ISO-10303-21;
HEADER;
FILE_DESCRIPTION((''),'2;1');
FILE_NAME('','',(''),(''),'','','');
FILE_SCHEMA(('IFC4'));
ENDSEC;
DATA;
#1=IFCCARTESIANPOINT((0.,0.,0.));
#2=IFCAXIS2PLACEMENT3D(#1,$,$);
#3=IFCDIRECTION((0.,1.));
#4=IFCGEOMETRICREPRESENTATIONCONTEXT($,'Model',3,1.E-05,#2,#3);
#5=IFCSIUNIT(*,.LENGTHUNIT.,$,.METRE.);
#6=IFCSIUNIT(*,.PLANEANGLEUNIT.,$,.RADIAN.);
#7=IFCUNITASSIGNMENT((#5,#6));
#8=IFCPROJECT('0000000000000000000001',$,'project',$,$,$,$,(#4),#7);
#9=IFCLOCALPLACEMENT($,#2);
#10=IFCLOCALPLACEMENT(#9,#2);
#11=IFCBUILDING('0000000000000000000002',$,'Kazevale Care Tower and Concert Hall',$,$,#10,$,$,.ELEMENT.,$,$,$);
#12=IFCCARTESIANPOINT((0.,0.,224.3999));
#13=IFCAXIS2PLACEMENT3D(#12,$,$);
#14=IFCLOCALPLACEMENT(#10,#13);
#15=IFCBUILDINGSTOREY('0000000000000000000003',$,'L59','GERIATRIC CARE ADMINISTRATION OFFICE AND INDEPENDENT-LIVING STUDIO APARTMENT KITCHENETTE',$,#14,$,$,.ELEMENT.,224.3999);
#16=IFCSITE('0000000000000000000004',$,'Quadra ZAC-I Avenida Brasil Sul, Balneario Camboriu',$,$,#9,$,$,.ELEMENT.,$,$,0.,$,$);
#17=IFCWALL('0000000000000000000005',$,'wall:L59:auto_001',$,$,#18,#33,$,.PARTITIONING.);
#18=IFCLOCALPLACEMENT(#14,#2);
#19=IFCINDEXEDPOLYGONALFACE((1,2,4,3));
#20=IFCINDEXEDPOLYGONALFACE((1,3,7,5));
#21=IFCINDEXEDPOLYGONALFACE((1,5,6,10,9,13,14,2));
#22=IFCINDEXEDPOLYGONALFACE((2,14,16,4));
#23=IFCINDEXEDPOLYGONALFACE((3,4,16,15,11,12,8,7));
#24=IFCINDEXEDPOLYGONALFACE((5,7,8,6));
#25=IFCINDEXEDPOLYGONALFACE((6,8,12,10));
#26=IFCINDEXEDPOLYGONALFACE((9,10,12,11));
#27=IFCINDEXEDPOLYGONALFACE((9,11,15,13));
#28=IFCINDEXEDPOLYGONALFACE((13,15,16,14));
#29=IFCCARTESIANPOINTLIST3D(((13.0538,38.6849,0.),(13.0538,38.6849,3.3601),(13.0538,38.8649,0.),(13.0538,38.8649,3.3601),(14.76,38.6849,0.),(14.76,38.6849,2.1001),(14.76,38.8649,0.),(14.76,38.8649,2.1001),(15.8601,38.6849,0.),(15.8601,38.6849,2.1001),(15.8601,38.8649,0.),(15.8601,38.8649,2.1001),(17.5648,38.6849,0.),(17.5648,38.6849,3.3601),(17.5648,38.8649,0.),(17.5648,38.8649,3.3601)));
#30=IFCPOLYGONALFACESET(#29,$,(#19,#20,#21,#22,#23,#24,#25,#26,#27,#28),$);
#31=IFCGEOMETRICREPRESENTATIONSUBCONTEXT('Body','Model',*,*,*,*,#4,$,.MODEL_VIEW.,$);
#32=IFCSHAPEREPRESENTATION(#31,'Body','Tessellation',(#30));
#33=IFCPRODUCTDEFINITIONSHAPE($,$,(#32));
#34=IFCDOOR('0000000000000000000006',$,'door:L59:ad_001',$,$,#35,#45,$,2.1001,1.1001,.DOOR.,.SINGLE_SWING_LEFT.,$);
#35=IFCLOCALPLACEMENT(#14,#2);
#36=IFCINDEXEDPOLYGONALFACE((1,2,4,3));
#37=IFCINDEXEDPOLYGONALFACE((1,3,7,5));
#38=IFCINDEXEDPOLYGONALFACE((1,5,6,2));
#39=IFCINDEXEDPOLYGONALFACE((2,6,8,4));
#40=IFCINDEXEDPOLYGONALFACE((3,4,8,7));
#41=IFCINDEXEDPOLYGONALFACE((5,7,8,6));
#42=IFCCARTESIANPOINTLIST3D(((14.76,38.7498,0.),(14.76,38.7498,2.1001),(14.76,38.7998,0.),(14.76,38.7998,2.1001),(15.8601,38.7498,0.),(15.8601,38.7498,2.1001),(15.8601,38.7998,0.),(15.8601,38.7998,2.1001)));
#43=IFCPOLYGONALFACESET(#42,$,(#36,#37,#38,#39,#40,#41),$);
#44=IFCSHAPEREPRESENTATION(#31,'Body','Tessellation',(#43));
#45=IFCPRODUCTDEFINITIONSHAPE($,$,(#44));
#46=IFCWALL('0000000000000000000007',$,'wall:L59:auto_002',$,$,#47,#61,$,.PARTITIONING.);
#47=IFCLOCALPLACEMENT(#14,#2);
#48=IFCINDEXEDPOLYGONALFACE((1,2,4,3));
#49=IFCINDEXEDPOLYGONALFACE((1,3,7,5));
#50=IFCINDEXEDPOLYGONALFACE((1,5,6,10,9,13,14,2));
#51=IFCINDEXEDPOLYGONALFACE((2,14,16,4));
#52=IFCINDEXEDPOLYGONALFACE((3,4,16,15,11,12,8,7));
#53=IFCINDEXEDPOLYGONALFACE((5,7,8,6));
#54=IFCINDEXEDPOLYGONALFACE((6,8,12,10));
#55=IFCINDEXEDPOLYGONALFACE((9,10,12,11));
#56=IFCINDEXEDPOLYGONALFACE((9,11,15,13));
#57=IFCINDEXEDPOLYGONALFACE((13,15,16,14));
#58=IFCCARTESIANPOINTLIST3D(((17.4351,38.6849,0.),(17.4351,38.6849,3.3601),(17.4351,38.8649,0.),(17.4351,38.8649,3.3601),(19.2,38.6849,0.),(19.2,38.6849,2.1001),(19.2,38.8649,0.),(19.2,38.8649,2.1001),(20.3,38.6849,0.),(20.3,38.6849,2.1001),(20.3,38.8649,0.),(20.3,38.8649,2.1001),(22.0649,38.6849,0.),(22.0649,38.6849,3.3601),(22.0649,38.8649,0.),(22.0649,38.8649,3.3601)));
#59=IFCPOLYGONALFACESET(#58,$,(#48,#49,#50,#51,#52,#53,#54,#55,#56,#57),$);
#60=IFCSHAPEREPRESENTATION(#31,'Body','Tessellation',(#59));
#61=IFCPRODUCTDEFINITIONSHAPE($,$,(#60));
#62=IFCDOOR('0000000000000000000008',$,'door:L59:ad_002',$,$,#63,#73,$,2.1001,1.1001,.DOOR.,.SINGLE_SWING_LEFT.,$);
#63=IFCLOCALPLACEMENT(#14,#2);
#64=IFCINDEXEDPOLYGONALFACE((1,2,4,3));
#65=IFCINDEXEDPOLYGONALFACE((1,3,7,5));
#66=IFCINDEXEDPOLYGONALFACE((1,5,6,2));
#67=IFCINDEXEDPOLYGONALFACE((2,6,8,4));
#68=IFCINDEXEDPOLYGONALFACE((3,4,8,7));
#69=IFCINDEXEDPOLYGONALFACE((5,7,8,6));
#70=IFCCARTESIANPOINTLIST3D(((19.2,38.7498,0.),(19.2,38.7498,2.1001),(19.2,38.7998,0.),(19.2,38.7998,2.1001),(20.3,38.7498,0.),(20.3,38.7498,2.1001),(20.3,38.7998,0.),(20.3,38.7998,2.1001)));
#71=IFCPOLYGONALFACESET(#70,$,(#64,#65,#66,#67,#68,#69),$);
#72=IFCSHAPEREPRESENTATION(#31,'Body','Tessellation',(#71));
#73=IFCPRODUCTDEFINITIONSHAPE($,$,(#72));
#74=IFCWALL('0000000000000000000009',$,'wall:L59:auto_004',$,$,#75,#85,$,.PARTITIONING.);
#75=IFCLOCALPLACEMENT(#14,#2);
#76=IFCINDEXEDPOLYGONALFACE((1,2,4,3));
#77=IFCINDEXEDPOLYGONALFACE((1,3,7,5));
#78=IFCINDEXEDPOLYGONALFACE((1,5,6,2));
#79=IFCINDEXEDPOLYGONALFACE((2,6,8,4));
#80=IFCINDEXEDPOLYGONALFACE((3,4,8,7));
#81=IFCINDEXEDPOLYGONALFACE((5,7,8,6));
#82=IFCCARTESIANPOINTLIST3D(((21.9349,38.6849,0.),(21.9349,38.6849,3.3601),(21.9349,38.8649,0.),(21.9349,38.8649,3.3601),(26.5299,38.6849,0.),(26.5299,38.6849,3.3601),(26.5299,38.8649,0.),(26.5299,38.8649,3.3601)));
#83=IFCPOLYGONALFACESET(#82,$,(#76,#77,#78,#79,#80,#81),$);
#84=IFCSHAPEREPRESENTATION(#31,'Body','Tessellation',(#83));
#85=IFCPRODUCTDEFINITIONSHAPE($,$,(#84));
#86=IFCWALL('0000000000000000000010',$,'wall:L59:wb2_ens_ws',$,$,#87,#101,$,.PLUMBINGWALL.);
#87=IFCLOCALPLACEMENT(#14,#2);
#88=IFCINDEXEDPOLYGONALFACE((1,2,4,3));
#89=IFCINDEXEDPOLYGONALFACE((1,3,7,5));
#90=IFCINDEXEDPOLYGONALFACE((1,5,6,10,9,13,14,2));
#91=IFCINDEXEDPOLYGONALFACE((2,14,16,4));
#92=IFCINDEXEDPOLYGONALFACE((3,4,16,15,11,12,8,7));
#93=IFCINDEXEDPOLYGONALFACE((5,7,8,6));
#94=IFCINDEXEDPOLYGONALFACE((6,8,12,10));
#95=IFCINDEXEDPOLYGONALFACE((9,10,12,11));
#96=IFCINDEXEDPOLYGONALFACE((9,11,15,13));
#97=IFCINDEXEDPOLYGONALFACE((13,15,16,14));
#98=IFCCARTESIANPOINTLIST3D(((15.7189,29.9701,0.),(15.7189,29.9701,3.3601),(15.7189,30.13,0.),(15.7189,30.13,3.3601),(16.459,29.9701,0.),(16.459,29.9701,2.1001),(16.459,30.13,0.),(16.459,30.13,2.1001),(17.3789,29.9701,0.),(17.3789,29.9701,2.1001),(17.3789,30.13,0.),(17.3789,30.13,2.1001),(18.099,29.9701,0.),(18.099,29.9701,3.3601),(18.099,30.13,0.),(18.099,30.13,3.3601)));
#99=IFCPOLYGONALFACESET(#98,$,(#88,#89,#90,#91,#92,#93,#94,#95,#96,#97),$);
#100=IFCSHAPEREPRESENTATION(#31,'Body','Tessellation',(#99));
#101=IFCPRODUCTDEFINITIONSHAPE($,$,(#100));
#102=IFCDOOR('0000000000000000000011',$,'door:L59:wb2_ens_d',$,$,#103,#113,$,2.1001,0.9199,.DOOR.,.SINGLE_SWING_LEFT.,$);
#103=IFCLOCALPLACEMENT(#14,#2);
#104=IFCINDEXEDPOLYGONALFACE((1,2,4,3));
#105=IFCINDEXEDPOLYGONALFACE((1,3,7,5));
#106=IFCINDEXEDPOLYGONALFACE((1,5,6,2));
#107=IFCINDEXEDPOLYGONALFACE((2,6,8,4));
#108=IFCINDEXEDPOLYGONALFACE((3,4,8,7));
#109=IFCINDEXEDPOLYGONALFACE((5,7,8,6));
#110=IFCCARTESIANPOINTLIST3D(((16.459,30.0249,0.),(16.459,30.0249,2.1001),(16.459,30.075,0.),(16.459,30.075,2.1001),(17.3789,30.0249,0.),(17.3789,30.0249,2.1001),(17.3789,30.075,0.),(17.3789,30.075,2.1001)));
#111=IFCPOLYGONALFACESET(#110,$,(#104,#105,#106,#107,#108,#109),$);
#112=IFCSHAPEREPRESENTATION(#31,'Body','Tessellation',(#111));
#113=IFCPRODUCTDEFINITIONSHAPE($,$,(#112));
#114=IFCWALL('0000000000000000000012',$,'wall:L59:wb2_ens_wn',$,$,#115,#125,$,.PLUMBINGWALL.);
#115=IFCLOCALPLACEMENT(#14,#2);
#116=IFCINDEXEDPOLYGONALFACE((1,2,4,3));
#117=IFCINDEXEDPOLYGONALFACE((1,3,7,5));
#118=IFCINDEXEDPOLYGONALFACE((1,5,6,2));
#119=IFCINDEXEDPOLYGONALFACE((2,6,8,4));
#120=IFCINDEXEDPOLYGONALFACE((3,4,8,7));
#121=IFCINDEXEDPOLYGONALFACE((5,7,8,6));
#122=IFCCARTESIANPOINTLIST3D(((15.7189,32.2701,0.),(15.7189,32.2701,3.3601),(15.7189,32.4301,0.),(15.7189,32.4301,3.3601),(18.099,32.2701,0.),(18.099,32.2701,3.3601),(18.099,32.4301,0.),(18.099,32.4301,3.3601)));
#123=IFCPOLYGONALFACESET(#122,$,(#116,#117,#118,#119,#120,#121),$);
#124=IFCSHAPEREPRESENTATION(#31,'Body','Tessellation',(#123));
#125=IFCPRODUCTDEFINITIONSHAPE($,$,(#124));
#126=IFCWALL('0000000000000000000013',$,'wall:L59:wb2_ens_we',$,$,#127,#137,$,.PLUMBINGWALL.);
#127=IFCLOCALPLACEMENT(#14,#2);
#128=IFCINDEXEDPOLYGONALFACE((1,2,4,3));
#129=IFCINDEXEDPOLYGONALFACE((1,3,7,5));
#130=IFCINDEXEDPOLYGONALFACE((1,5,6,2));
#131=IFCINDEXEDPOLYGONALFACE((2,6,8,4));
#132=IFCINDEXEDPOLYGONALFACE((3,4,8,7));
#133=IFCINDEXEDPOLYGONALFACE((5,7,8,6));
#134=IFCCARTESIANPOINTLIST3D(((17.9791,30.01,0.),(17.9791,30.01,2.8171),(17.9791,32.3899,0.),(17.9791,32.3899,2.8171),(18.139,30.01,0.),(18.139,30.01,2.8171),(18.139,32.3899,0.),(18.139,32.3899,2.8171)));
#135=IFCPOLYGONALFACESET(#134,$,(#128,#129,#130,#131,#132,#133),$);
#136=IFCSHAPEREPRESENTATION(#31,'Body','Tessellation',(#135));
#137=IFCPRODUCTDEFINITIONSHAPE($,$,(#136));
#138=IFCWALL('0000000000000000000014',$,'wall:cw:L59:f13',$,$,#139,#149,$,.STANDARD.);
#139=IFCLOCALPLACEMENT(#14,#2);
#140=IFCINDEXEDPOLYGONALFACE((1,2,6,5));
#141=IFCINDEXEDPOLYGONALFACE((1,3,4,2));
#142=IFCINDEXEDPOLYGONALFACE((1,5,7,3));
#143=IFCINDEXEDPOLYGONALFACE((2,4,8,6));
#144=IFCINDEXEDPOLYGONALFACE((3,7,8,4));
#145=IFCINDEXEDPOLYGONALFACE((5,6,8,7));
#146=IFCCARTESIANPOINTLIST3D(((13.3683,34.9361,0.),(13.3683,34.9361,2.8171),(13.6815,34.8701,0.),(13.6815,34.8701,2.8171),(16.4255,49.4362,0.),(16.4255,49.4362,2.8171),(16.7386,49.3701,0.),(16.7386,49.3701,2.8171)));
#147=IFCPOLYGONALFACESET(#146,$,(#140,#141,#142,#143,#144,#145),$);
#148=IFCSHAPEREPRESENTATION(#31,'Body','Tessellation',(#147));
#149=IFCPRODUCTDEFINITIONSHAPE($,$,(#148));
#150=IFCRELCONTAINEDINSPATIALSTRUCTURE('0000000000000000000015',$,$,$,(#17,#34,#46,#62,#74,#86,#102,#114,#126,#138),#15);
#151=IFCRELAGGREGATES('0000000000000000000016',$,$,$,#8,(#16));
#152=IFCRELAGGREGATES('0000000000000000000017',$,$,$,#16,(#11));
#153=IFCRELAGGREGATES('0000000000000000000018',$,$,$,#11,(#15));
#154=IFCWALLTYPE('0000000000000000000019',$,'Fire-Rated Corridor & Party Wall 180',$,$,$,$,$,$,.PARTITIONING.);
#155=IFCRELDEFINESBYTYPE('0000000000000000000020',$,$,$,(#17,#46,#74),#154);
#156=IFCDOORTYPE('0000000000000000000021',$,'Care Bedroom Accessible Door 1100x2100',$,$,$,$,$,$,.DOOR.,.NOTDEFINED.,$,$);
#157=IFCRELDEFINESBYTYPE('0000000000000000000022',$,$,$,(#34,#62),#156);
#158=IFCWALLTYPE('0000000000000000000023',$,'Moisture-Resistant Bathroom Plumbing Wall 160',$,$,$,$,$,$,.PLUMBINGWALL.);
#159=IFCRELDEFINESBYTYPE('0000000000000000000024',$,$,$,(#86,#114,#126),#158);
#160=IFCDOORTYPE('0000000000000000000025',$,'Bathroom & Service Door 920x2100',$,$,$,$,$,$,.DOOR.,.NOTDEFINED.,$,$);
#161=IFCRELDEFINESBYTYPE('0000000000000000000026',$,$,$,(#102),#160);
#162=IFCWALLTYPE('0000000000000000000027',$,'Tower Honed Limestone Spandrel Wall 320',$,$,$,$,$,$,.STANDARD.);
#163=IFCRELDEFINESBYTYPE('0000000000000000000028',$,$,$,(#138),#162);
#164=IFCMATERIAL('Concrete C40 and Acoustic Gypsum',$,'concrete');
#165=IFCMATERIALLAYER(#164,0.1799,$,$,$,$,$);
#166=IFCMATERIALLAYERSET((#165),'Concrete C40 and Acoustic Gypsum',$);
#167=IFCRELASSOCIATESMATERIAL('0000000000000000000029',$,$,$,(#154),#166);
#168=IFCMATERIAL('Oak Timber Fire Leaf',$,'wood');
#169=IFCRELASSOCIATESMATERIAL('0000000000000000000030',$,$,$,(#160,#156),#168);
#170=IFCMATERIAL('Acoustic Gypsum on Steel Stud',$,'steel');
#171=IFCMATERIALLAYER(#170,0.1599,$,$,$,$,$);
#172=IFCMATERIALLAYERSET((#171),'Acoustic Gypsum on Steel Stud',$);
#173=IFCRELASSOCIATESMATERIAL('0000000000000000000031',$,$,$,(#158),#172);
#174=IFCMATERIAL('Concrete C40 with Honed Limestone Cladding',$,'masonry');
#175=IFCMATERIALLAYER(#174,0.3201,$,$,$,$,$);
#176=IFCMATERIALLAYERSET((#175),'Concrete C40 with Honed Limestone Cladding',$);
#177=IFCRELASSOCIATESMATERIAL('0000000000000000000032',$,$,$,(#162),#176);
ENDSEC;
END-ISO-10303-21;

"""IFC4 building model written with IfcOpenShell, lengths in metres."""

from ifc_helpers import new_model, si_unit, direction, frame, frame_2d, origin, place, context, subcontext, project, spatial, rectangle, extrude, material, layer, layer_set, type_object, element, fill, save


model = new_model("IFC4")

# Units and contexts
model_context = context("Model", 3, precision=1e-05, world=origin(), true_north=direction((0.0, 1.0)))
body_context = subcontext(model_context, "Body", "Model", "MODEL_VIEW")
ifc_project = project(units=[si_unit("LENGTHUNIT", "METRE"), si_unit("PLANEANGLEUNIT", "RADIAN")], contexts=[model_context])

# Site, building, storey
site_placement = place(None, origin())
site = spatial("IfcSite", under=ifc_project, at=site_placement, Name="Quadra ZAC-I Avenida Brasil Sul, Balneario Camboriu", CompositionType="ELEMENT", RefElevation=0.0)
building_placement = place(site_placement, origin())
building = spatial("IfcBuilding", under=site, at=building_placement, Name="Kazevale Care Tower and Concert Hall", CompositionType="ELEMENT")
storey_placement = place(building_placement, frame((0.0, 0.0, 224.3999)))
storey = spatial("IfcBuildingStorey", under=building, at=storey_placement, Name="L59", Description="GERIATRIC CARE ADMINISTRATION OFFICE AND INDEPENDENT-LIVING STUDIO APARTMENT KITCHENETTE", CompositionType="ELEMENT", Elevation=224.3999)

# Walls, openings, doors
ifc_material_1 = material(Name="Concrete C40 and Acoustic Gypsum", Category="concrete")
ifc_layer_1 = layer(ifc_material_1, 0.1799)
ifc_layer_set_1 = layer_set([ifc_layer_1], Name="Concrete C40 and Acoustic Gypsum")
wall_type_1 = type_object("IfcWallType", Name="Fire-Rated Corridor & Party Wall 180", PredefinedType="PARTITIONING", material=ifc_layer_set_1)
ifc_material_2 = material(Name="Oak Timber Fire Leaf", Category="wood")
door_type_1 = type_object("IfcDoorType", Name="Bathroom & Service Door 920x2100", OperationType="NOTDEFINED", PredefinedType="DOOR", material=ifc_material_2)
wall_1_placement = place(storey_placement, frame((13.054, 38.7749, 0.0), z_axis=(0.0, 0.0, 1.0), x_axis=(1.0, 0.0, 0.0)))
wall_1 = element("IfcWall", 1, at=wall_1_placement, inside=storey, type_object=wall_type_1, Name="wall:L59:auto_001", PredefinedType="PARTITIONING", context=body_context, shape_type="SweptSolid", body=[
    extrude(rectangle(XDim=4.511, YDim=0.1799, at=frame_2d((2.2554, 0.0))), origin(), (0.0, 0.0, 1.0), 3.3601),
])
opening_1_placement = place(wall_1_placement, frame((1.7061, 0.0, 0.0)))
opening_1 = element("IfcOpeningElement", 2, at=opening_1_placement, cuts=wall_1, PredefinedType="OPENING", context=body_context, shape_type="SweptSolid", body=[
    extrude(rectangle(XDim=1.1001, YDim=2.1001, at=frame_2d((0.55, 1.05))), frame((0.0, 0.0999, 0.0), z_axis=(0.0, -1.0, 0.0), x_axis=(1.0, 0.0, 0.0)), (0.0, 0.0, 1.0), 0.2),
])
door_type_2 = type_object("IfcDoorType", Name="Care Bedroom Accessible Door 1100x2100", OperationType="NOTDEFINED", PredefinedType="DOOR", material=ifc_material_2)
door_1_placement = place(opening_1_placement, origin())
door_1 = element("IfcDoor", 3, at=door_1_placement, inside=storey, type_object=door_type_2, Name="door:L59:ad_001", OperationType="SINGLE_SWING_LEFT", OverallHeight=2.1001, OverallWidth=1.1001, PredefinedType="DOOR", context=body_context, shape_type="SweptSolid", body=[
    extrude(rectangle(XDim=1.1001, YDim=2.1001, at=frame_2d((0.55, 1.05))), frame((0.0, 0.0249, 0.0), z_axis=(0.0, -1.0, 0.0), x_axis=(1.0, 0.0, 0.0)), (0.0, 0.0, 1.0), 0.05),
])
fill(opening_1, door_1)
wall_2_placement = place(storey_placement, frame((17.4351, 38.7749, 0.0), z_axis=(0.0, 0.0, 1.0), x_axis=(1.0, 0.0, 0.0)))
wall_2 = element("IfcWall", 4, at=wall_2_placement, inside=storey, type_object=wall_type_1, Name="wall:L59:auto_002", PredefinedType="PARTITIONING", context=body_context, shape_type="SweptSolid", body=[
    extrude(rectangle(XDim=4.6299, YDim=0.1799, at=frame_2d((2.3149, 0.0))), origin(), (0.0, 0.0, 1.0), 3.3601),
])
opening_2_placement = place(wall_2_placement, frame((1.7649, 0.0, 0.0)))
opening_2 = element("IfcOpeningElement", 5, at=opening_2_placement, cuts=wall_2, PredefinedType="OPENING", context=body_context, shape_type="SweptSolid", body=[
    extrude(rectangle(XDim=1.1001, YDim=2.1001, at=frame_2d((0.55, 1.05))), frame((0.0, 0.0999, 0.0), z_axis=(0.0, -1.0, 0.0), x_axis=(1.0, 0.0, 0.0)), (0.0, 0.0, 1.0), 0.2),
])
door_2_placement = place(opening_2_placement, origin())
door_2 = element("IfcDoor", 6, at=door_2_placement, inside=storey, type_object=door_type_2, Name="door:L59:ad_002", OperationType="SINGLE_SWING_LEFT", OverallHeight=2.1001, OverallWidth=1.1001, PredefinedType="DOOR", context=body_context, shape_type="SweptSolid", body=[
    extrude(rectangle(XDim=1.1001, YDim=2.1001, at=frame_2d((0.55, 1.05))), frame((0.0, 0.0249, 0.0), z_axis=(0.0, -1.0, 0.0), x_axis=(1.0, 0.0, 0.0)), (0.0, 0.0, 1.0), 0.05),
])
fill(opening_2, door_2)

# Wall
wall_3_placement = place(storey_placement, frame((21.9351, 38.7749, 0.0), z_axis=(0.0, 0.0, 1.0), x_axis=(1.0, 0.0, 0.0)))
element("IfcWall", 7, at=wall_3_placement, inside=storey, type_object=wall_type_1, Name="wall:L59:auto_004", PredefinedType="PARTITIONING", context=body_context, shape_type="SweptSolid", body=[
    extrude(rectangle(XDim=4.595, YDim=0.1799, at=frame_2d((2.2974, 0.0))), origin(), (0.0, 0.0, 1.0), 3.3601),
])

# Wall, opening, door
ifc_material_3 = material(Name="Acoustic Gypsum on Steel Stud", Category="steel")
ifc_layer_2 = layer(ifc_material_3, 0.1599)
ifc_layer_set_2 = layer_set([ifc_layer_2], Name="Acoustic Gypsum on Steel Stud")
wall_type_2 = type_object("IfcWallType", Name="Moisture-Resistant Bathroom Plumbing Wall 160", PredefinedType="PLUMBINGWALL", material=ifc_layer_set_2)
wall_4_placement = place(storey_placement, frame((15.719, 30.05, 0.0), z_axis=(0.0, 0.0, 1.0), x_axis=(1.0, 0.0, 0.0)))
wall_4 = element("IfcWall", 8, at=wall_4_placement, inside=storey, type_object=wall_type_2, Name="wall:L59:wb2_ens_ws", PredefinedType="PLUMBINGWALL", context=body_context, shape_type="SweptSolid", body=[
    extrude(rectangle(XDim=2.3801, YDim=0.1599, at=frame_2d((1.1899, 0.0))), origin(), (0.0, 0.0, 1.0), 3.3601),
])
opening_3_placement = place(wall_4_placement, frame((0.74, 0.0, 0.0)))
opening_3 = element("IfcOpeningElement", 9, at=opening_3_placement, cuts=wall_4, PredefinedType="OPENING", context=body_context, shape_type="SweptSolid", body=[
    extrude(rectangle(XDim=0.9199, YDim=2.1001, at=frame_2d((0.46, 1.05))), frame((0.0, 0.0898, 0.0), z_axis=(0.0, -1.0, 0.0), x_axis=(1.0, 0.0, 0.0)), (0.0, 0.0, 1.0), 0.1799),
])
door_3_placement = place(opening_3_placement, origin())
door_3 = element("IfcDoor", 10, at=door_3_placement, inside=storey, type_object=door_type_1, Name="door:L59:wb2_ens_d", OperationType="SINGLE_SWING_LEFT", OverallHeight=2.1001, OverallWidth=0.9199, PredefinedType="DOOR", context=body_context, shape_type="SweptSolid", body=[
    extrude(rectangle(XDim=0.9199, YDim=2.1001, at=frame_2d((0.46, 1.05))), frame((0.0, 0.0249, 0.0), z_axis=(0.0, -1.0, 0.0), x_axis=(1.0, 0.0, 0.0)), (0.0, 0.0, 1.0), 0.05),
])
fill(opening_3, door_3)

# Walls
wall_5_placement = place(storey_placement, frame((15.719, 32.3501, 0.0), z_axis=(0.0, 0.0, 1.0), x_axis=(1.0, 0.0, 0.0)))
element("IfcWall", 11, at=wall_5_placement, inside=storey, type_object=wall_type_2, Name="wall:L59:wb2_ens_wn", PredefinedType="PLUMBINGWALL", context=body_context, shape_type="SweptSolid", body=[
    extrude(rectangle(XDim=2.3801, YDim=0.1599, at=frame_2d((1.1899, 0.0))), origin(), (0.0, 0.0, 1.0), 3.3601),
])
wall_6_placement = place(storey_placement, frame((18.0591, 30.01, 0.0), z_axis=(0.0, 0.0, 1.0), x_axis=(0.0, 1.0, 0.0)))
element("IfcWall", 12, at=wall_6_placement, inside=storey, type_object=wall_type_2, Name="wall:L59:wb2_ens_we", PredefinedType="PLUMBINGWALL", context=body_context, shape_type="SweptSolid", body=[
    extrude(rectangle(XDim=2.3799, YDim=0.1599, at=frame_2d((1.1899, 0.0))), origin(), (0.0, 0.0, 1.0), 2.8171),
])
ifc_material_4 = material(Name="Concrete C40 with Honed Limestone Cladding", Category="masonry")
ifc_layer_3 = layer(ifc_material_4, 0.3201)
ifc_layer_set_3 = layer_set([ifc_layer_3], Name="Concrete C40 with Honed Limestone Cladding")
wall_type_3 = type_object("IfcWallType", Name="Tower Honed Limestone Spandrel Wall 320", PredefinedType="STANDARD", material=ifc_layer_set_3)
wall_7_placement = place(storey_placement, frame((13.5249, 34.9031, 0.0), z_axis=(0.0, 0.0, 1.0), x_axis=(0.206301, 0.978489, 0.0)))
element("IfcWall", 13, at=wall_7_placement, inside=storey, type_object=wall_type_3, Name="wall:cw:L59:f13", PredefinedType="STANDARD", context=body_context, shape_type="SweptSolid", body=[
    extrude(rectangle(XDim=14.8188, YDim=0.3201, at=frame_2d((7.4094, 0.0))), origin(), (0.0, 0.0, 1.0), 2.8171),
])

save(model, "model.ifc")
